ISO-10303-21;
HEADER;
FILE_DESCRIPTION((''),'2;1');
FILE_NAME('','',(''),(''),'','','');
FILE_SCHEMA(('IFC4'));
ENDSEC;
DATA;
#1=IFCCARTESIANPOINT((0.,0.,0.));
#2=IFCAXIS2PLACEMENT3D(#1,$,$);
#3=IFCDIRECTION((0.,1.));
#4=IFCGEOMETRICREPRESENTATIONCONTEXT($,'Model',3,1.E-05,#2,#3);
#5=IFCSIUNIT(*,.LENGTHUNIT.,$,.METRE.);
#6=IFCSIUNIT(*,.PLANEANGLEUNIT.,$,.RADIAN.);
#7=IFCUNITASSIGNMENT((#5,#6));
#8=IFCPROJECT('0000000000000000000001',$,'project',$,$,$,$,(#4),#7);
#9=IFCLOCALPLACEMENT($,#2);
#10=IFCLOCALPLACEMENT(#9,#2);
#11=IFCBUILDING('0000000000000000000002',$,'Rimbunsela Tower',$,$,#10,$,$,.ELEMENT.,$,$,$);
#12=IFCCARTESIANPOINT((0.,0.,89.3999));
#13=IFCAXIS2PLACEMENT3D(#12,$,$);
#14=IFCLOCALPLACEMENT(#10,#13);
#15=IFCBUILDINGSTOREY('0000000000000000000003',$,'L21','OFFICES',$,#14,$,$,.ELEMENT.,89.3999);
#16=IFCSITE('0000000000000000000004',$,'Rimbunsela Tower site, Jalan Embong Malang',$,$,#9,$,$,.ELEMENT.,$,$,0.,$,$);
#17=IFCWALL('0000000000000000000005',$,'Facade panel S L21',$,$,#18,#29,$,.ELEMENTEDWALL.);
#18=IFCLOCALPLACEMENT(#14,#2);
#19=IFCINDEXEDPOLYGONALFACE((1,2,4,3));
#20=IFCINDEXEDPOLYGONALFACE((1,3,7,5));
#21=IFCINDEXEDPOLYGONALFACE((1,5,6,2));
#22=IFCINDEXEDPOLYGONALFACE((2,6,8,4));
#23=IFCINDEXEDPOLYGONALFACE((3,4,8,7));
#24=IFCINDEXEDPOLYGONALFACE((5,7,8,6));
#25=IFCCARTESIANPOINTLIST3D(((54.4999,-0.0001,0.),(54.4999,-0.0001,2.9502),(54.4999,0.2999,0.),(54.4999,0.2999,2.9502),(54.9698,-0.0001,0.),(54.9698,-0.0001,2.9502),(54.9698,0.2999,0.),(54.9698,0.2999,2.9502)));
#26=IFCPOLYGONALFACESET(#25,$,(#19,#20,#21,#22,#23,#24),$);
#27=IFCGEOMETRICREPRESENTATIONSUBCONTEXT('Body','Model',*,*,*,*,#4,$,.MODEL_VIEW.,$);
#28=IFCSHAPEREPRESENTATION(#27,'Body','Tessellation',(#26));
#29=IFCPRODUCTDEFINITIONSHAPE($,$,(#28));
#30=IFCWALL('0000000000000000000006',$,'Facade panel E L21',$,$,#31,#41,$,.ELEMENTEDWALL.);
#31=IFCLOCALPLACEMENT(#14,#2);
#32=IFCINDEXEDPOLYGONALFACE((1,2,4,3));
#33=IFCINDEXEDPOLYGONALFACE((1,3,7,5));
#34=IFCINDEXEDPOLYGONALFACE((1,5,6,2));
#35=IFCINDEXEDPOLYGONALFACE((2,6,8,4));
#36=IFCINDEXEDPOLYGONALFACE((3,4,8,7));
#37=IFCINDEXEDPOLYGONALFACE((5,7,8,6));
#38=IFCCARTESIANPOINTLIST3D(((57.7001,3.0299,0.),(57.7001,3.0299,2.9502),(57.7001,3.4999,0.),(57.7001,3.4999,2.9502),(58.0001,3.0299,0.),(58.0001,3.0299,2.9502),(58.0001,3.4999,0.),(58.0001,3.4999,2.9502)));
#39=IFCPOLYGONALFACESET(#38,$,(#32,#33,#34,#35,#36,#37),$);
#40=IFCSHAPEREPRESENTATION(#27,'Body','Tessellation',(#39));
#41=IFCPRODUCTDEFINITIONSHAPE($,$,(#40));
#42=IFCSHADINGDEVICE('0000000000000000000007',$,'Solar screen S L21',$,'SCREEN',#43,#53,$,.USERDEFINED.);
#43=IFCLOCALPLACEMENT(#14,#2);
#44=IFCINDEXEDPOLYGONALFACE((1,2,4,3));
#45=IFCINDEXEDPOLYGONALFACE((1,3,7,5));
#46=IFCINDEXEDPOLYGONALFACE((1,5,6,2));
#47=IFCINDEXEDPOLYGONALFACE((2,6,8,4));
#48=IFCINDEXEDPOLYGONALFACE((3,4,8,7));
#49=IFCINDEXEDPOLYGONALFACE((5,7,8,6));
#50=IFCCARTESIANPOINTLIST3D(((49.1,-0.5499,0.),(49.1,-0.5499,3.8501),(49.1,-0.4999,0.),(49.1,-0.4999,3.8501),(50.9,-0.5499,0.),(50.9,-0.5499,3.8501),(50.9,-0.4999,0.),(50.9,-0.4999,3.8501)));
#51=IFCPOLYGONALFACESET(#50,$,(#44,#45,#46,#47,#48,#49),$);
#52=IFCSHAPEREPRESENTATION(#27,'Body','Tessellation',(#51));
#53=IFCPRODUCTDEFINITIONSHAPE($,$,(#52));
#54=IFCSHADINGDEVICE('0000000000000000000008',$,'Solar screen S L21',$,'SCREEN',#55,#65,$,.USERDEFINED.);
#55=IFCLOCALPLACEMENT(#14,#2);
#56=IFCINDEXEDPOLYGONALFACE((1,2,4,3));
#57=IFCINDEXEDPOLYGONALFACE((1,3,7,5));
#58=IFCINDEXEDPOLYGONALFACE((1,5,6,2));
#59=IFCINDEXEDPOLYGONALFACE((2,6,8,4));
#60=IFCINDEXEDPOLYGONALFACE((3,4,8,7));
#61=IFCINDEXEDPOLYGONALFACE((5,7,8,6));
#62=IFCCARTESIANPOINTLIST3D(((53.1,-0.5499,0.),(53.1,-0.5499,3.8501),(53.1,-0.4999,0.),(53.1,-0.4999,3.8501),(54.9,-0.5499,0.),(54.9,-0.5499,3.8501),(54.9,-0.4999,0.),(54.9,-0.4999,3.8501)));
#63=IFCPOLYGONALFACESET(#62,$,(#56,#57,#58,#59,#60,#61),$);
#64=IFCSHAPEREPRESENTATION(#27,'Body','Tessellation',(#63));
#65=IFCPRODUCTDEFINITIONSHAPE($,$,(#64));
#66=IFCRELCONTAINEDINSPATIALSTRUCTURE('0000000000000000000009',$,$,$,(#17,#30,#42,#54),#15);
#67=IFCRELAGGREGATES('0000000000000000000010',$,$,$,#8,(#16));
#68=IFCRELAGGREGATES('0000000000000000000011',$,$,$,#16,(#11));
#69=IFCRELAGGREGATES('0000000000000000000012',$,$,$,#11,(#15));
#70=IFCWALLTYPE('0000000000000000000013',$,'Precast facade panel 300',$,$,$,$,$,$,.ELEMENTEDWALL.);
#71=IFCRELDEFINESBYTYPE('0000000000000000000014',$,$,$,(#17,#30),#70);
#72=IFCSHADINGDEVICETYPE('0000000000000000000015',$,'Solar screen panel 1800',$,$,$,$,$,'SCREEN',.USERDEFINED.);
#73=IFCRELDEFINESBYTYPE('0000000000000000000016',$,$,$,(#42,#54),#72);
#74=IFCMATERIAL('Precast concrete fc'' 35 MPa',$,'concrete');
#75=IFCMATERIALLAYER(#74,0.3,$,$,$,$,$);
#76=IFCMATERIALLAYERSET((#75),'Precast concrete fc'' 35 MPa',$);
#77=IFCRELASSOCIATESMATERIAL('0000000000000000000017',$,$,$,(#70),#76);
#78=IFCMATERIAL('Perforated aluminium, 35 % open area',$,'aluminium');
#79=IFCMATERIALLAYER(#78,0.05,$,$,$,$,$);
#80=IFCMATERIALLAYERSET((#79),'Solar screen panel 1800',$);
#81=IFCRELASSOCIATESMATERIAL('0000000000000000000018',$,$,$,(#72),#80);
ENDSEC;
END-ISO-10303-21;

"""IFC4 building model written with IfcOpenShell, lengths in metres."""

from ifc_helpers import new_model, si_unit, direction, frame, frame_2d, origin, origin_2d, place, context, subcontext, project, spatial, rectangle, extrude, material, layer, layer_set, type_object, element, save


model = new_model("IFC4")

# Units and contexts
model_context = context("Model", 3, precision=1e-05, world=origin(), true_north=direction((0.0, 1.0)))
body_context = subcontext(model_context, "Body", "Model", "MODEL_VIEW")
ifc_project = project(units=[si_unit("LENGTHUNIT", "METRE"), si_unit("PLANEANGLEUNIT", "RADIAN")], contexts=[model_context])

# Site, building, storey
site_placement = place(None, origin())
site = spatial("IfcSite", under=ifc_project, at=site_placement, Name="Rimbunsela Tower site, Jalan Embong Malang", CompositionType="ELEMENT", RefElevation=0.0)
building_placement = place(site_placement, origin())
building = spatial("IfcBuilding", under=site, at=building_placement, Name="Rimbunsela Tower", CompositionType="ELEMENT")
storey_placement = place(building_placement, frame((0.0, 0.0, 89.3999)))
storey = spatial("IfcBuildingStorey", under=building, at=storey_placement, Name="L21", Description="OFFICES", CompositionType="ELEMENT", Elevation=89.3999)

# Shared definitions
ifc_material_1 = material(Name="Precast concrete fc' 35 MPa", Category="concrete")
ifc_layer_1 = layer(ifc_material_1, 0.3)
ifc_layer_set_1 = layer_set([ifc_layer_1], Name="Precast concrete fc' 35 MPa")
wall_type = type_object("IfcWallType", Name="Precast facade panel 300", PredefinedType="ELEMENTEDWALL", material=ifc_layer_set_1)

# Walls
for number, where, z_axis, x_axis, name in (
    (1, (54.5, 0.1499, 0.0), (0.0, 0.0, 1.0), (1.0, 0.0, 0.0), "Facade panel S L21"),
    (2, (57.8501, 3.03, 0.0), (0.0, 0.0, 1.0), (0.0, 1.0, 0.0), "Facade panel E L21"),
):
    element("IfcWall", number, at=place(storey_placement, frame(where, z_axis=z_axis, x_axis=x_axis)), inside=storey, type_object=wall_type, Name=name, PredefinedType="ELEMENTEDWALL", context=body_context, shape_type="SweptSolid", body=[
        extrude(rectangle(XDim=0.47, YDim=0.3, at=frame_2d((0.2349, 0.0))), origin(), (0.0, 0.0, 1.0), 2.9502),
    ])

# Shading devices
ifc_material_2 = material(Name="Perforated aluminium, 35 % open area", Category="aluminium")
ifc_layer_2 = layer(ifc_material_2, 0.05)
ifc_layer_set_2 = layer_set([ifc_layer_2], Name="Solar screen panel 1800")
shading_device_type = type_object("IfcShadingDeviceType", Name="Solar screen panel 1800", ElementType="SCREEN", PredefinedType="USERDEFINED", material=ifc_layer_set_2)
for number, where, z_axis, x_axis, name in (
    (3, (50.0, -0.5249, 0.0), (0.0, 0.0, 1.0), (1.0, 0.0, 0.0), "Solar screen S L21"),
    (4, (54.0, -0.5249, 0.0), (0.0, 0.0, 1.0), (1.0, 0.0, 0.0), "Solar screen S L21"),
):
    element("IfcShadingDevice", number, at=place(storey_placement, frame(where, z_axis=z_axis, x_axis=x_axis)), inside=storey, type_object=shading_device_type, Name=name, ObjectType="SCREEN", PredefinedType="USERDEFINED", context=body_context, shape_type="SweptSolid", body=[
        extrude(rectangle(XDim=1.8, YDim=0.05, at=origin_2d()), origin(), (0.0, 0.0, 1.0), 3.8501),
    ])

save(model, "model.ifc")
